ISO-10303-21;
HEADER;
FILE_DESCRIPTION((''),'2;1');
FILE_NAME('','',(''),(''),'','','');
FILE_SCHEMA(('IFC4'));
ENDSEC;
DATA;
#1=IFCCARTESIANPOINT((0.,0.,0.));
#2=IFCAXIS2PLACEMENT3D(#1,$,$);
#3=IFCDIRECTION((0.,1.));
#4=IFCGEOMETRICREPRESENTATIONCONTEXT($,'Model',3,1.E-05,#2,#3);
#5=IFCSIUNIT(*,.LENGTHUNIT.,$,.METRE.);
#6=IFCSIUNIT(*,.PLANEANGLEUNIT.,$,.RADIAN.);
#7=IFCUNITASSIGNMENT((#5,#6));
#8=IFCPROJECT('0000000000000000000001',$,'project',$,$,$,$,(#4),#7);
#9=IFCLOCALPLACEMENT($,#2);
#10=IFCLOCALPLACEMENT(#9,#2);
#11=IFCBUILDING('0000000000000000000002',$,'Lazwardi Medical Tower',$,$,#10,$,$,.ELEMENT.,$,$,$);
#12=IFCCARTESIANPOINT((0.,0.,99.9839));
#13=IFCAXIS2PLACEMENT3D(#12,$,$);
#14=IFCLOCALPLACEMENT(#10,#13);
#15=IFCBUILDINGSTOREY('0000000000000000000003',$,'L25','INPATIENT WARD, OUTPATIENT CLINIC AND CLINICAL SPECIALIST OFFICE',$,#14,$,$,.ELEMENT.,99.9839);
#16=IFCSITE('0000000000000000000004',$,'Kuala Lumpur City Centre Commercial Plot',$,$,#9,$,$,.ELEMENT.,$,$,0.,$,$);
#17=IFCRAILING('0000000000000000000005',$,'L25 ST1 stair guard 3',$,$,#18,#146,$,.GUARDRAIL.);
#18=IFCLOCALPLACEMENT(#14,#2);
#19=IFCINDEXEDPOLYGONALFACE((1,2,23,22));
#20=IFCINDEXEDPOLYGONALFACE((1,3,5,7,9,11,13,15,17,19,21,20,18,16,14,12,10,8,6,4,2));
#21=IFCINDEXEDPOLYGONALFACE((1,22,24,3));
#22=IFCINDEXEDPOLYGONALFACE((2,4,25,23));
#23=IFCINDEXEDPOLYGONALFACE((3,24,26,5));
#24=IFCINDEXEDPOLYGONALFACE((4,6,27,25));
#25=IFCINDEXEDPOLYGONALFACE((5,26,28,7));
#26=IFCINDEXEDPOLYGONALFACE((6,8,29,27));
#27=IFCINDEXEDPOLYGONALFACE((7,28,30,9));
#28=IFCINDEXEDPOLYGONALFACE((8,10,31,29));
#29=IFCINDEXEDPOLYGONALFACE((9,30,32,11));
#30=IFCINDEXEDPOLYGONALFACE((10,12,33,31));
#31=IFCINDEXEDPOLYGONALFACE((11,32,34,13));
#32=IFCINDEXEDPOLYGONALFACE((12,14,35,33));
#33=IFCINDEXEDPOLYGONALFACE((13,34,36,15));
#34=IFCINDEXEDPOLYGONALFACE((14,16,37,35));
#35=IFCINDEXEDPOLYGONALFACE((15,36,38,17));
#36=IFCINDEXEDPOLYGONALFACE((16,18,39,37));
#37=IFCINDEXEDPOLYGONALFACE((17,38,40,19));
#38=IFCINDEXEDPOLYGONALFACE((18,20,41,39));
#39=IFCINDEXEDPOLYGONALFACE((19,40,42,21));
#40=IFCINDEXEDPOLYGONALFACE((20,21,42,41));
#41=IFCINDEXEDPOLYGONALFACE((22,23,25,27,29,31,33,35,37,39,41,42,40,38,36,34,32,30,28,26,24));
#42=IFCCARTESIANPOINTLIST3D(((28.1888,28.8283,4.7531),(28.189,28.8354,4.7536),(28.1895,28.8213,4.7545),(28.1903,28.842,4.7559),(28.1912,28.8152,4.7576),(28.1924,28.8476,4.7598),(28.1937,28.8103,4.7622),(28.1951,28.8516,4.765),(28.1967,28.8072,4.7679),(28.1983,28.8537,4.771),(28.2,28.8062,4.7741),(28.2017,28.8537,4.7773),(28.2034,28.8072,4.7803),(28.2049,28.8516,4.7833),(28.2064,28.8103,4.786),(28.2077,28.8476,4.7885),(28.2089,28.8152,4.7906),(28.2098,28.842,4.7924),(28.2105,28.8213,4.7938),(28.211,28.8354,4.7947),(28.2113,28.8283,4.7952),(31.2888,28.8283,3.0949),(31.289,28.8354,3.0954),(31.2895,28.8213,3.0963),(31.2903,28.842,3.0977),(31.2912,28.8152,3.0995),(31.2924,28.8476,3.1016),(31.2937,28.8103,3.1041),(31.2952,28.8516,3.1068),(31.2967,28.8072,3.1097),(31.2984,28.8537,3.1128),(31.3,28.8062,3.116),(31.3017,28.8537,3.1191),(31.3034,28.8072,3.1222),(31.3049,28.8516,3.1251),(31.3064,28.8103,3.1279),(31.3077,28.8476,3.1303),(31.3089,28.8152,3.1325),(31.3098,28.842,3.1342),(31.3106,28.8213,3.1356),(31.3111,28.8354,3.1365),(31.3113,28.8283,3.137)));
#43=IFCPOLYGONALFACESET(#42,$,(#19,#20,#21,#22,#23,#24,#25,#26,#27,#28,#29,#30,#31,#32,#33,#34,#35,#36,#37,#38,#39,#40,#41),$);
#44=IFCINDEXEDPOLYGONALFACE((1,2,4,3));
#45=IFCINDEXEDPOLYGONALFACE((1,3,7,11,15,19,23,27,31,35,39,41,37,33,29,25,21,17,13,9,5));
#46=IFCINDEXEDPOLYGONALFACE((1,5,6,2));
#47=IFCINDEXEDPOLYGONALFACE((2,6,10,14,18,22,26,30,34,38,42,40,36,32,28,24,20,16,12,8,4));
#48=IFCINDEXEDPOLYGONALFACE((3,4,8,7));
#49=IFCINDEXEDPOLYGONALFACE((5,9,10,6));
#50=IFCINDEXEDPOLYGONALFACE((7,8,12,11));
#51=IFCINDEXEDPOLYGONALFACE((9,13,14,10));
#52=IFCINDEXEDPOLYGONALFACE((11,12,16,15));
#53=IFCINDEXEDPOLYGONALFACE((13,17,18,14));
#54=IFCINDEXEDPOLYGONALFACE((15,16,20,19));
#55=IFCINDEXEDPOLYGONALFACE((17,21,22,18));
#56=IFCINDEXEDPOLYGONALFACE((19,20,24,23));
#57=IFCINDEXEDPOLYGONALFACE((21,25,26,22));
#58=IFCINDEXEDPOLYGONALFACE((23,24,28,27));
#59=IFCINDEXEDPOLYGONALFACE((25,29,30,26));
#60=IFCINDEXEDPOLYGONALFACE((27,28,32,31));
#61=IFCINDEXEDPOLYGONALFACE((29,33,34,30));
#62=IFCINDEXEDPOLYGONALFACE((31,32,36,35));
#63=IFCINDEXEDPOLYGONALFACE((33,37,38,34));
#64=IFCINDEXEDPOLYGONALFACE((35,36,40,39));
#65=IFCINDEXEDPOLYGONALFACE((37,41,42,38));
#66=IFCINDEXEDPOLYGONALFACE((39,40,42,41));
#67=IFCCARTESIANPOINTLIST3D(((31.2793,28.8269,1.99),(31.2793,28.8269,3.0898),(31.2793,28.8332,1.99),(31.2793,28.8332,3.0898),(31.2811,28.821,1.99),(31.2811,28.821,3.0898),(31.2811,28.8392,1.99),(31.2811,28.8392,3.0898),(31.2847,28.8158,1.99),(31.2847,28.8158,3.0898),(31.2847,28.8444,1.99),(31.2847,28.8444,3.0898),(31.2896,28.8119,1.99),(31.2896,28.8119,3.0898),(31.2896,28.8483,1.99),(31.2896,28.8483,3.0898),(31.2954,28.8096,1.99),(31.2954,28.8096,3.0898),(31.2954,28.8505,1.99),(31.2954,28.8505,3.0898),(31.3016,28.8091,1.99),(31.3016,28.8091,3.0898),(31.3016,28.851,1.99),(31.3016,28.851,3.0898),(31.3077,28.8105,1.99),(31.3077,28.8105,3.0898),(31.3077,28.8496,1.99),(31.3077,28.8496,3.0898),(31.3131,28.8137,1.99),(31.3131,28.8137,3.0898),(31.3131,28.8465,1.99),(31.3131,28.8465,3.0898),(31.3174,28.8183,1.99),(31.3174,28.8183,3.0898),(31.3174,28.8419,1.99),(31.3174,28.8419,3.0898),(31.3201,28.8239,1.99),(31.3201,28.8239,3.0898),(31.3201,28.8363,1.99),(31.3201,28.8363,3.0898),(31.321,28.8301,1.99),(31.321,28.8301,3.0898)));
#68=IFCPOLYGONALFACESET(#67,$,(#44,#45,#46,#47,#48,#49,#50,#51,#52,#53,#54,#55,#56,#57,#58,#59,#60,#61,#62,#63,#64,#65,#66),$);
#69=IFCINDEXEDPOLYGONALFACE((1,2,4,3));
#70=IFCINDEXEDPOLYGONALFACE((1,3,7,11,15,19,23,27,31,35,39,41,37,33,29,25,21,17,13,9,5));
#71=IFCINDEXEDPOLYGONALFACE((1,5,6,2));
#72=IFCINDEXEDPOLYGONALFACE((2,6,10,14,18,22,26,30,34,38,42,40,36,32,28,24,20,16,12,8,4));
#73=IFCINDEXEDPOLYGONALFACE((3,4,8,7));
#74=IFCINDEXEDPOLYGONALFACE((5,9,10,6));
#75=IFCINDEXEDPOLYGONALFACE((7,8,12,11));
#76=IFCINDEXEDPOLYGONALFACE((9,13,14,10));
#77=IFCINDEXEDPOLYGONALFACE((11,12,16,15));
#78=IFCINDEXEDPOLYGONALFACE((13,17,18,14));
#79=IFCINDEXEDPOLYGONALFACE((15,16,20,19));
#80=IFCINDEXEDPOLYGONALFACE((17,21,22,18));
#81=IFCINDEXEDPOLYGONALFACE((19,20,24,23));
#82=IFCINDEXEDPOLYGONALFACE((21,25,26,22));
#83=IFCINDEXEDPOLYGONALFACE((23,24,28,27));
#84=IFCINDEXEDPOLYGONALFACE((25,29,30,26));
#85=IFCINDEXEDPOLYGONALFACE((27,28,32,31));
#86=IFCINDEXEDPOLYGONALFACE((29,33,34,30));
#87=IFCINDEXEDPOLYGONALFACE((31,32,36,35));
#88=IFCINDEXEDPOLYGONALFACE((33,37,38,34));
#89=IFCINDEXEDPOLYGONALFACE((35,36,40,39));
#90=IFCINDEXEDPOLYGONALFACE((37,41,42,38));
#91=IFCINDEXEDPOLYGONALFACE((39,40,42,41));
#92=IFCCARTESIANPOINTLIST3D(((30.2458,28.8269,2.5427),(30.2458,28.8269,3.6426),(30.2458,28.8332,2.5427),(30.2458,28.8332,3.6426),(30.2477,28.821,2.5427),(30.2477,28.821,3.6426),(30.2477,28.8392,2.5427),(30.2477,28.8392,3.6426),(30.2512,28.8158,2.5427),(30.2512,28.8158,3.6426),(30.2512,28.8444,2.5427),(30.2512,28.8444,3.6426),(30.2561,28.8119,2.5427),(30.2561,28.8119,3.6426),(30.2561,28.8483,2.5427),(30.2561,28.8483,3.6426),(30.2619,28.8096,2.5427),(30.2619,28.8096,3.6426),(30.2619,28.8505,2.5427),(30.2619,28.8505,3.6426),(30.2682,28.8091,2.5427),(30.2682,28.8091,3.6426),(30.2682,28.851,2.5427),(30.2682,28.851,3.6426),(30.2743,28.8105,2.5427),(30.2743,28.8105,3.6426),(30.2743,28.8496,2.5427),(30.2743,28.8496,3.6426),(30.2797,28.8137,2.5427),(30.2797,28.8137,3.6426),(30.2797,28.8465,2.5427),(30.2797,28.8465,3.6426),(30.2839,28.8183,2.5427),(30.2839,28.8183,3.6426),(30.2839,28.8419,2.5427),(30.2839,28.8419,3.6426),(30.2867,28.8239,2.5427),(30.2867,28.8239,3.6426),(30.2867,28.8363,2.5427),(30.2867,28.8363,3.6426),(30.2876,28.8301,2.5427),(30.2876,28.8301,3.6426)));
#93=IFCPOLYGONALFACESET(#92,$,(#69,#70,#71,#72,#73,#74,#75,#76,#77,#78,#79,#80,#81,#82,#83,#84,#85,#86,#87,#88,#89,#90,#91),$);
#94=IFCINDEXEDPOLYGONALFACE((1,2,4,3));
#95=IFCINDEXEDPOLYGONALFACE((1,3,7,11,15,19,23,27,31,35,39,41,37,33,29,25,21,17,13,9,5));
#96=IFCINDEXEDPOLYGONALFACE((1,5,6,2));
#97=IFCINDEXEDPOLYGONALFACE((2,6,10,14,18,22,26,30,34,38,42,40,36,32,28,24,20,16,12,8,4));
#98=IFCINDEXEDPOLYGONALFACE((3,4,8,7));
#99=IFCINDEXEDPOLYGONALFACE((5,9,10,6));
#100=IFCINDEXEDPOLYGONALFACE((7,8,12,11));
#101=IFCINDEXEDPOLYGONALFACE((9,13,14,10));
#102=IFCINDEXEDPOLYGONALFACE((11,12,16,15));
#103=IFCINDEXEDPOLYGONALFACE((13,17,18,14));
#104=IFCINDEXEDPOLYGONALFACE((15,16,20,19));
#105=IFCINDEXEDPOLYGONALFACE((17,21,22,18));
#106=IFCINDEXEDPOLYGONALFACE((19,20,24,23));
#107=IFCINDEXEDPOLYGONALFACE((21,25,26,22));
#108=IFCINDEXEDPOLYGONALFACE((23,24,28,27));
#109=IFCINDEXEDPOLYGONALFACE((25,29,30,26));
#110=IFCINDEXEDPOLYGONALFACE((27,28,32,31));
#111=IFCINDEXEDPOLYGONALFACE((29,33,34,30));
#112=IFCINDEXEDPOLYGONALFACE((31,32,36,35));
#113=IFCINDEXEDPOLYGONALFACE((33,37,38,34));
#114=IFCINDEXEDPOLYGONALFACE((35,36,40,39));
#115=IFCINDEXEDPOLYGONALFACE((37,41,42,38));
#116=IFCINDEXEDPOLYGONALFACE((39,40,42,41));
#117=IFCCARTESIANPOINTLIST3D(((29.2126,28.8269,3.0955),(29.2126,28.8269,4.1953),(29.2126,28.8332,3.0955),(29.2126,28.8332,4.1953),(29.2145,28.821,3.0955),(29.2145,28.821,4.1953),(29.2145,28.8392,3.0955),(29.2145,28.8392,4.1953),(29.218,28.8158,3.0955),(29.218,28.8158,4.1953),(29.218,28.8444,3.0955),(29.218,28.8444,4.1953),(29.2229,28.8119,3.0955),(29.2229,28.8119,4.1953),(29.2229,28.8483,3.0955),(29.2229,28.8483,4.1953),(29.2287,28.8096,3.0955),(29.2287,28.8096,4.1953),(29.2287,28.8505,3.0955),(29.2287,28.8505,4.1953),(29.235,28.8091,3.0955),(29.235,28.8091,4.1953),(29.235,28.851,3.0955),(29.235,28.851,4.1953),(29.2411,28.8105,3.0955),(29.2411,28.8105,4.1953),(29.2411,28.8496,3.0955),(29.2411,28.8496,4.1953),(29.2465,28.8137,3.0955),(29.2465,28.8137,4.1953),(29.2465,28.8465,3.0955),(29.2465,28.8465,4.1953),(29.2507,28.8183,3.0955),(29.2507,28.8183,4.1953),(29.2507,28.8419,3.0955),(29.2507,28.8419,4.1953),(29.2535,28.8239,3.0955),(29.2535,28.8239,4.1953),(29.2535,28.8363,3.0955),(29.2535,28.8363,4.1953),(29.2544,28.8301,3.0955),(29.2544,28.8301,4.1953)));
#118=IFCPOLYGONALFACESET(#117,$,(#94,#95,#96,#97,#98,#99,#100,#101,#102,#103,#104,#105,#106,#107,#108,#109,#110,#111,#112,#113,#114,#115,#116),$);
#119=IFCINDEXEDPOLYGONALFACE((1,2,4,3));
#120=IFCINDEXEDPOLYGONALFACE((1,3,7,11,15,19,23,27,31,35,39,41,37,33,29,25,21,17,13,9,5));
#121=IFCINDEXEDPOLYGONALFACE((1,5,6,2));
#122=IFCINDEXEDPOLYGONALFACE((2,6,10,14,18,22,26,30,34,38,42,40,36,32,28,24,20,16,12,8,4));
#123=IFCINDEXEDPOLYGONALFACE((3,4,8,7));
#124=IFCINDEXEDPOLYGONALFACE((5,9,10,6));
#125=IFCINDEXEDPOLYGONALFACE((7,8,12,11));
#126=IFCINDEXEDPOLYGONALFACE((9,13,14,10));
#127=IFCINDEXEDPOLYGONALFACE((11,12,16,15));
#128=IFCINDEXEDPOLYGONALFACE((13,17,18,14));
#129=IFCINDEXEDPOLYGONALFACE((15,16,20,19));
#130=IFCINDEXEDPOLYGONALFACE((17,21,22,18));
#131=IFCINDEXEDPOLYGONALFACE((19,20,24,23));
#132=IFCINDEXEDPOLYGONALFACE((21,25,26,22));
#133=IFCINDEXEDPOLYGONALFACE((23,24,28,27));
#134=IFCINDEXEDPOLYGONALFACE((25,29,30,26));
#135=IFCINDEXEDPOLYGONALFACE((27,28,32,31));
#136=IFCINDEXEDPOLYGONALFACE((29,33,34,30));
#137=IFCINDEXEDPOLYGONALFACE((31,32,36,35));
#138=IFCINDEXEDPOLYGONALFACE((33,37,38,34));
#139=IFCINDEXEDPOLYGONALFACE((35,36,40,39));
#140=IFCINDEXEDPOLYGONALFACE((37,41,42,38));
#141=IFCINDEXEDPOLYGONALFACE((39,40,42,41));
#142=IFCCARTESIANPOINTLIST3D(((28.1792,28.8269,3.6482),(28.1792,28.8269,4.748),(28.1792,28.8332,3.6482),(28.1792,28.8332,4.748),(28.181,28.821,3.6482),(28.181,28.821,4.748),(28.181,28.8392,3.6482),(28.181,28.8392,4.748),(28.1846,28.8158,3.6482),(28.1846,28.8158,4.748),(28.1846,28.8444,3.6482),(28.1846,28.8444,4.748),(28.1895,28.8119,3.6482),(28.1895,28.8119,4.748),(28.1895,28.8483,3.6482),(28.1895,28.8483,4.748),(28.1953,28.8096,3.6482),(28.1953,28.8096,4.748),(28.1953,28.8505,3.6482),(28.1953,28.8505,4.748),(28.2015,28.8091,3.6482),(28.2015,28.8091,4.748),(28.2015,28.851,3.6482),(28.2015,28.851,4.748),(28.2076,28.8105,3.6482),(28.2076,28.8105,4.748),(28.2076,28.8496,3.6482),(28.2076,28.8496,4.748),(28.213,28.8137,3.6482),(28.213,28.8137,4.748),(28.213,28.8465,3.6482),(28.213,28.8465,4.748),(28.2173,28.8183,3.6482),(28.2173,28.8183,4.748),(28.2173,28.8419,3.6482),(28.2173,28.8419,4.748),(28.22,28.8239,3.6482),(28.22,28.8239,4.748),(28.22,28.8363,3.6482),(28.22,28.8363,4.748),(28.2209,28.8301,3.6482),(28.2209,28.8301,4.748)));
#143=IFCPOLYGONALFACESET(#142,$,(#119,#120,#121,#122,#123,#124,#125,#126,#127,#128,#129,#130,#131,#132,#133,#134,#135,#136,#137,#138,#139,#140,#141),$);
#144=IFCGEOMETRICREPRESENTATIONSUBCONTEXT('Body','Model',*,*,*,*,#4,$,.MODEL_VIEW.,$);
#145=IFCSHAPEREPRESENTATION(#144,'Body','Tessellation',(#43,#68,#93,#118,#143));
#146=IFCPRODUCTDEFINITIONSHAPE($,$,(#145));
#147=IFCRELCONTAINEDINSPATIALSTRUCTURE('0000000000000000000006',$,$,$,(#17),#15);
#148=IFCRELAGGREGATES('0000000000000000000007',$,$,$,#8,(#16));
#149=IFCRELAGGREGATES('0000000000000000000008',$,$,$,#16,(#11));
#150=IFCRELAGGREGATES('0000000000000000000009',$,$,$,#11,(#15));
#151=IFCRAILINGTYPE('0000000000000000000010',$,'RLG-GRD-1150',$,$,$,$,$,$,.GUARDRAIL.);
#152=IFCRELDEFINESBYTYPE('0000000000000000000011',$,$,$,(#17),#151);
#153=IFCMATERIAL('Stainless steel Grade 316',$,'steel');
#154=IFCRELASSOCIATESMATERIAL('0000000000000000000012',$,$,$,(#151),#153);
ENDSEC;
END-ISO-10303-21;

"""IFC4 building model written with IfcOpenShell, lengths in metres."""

from ifc_helpers import new_model, si_unit, direction, frame, origin, origin_2d, place, context, subcontext, project, spatial, circle, extrude, material, type_object, element, save


model = new_model("IFC4")

# Units and contexts
model_context = context("Model", 3, precision=1e-05, world=origin(), true_north=direction((0.0, 1.0)))
body_context = subcontext(model_context, "Body", "Model", "MODEL_VIEW")
ifc_project = project(units=[si_unit("LENGTHUNIT", "METRE"), si_unit("PLANEANGLEUNIT", "RADIAN")], contexts=[model_context])

# Site, building, storey
site_placement = place(None, origin())
site = spatial("IfcSite", under=ifc_project, at=site_placement, Name="Kuala Lumpur City Centre Commercial Plot", CompositionType="ELEMENT", RefElevation=0.0)
building_placement = place(site_placement, origin())
building = spatial("IfcBuilding", under=site, at=building_placement, Name="Lazwardi Medical Tower", CompositionType="ELEMENT")
storey_placement = place(building_placement, frame((0.0, 0.0, 99.9839)))
storey = spatial("IfcBuildingStorey", under=building, at=storey_placement, Name="L25", Description="INPATIENT WARD, OUTPATIENT CLINIC AND CLINICAL SPECIALIST OFFICE", CompositionType="ELEMENT", Elevation=99.9839)

# Railing
ifc_material_1 = material(Name="Stainless steel Grade 316", Category="steel")
railing_type_1 = type_object("IfcRailingType", Name="RLG-GRD-1150", PredefinedType="GUARDRAIL", material=ifc_material_1)
railing_1_placement = place(storey_placement, frame((31.3, 28.8301, 1.99)))
element("IfcRailing", 1, at=railing_1_placement, inside=storey, type_object=railing_type_1, Name="L25 ST1 stair guard 3", PredefinedType="GUARDRAIL", context=body_context, shape_type="SweptSolid", body=[
    extrude(circle(Radius=0.0239, at=origin_2d()), frame((0.0, 0.0, 1.126), z_axis=(-0.881783, 0.0, 0.471655), x_axis=(0.0, -1.0, 0.0)), (0.0, 0.0, 1.0), 3.5156),
    extrude(circle(Radius=0.021, at=origin_2d()), origin(), (0.0, 0.0, 1.0), 1.0999),
    extrude(circle(Radius=0.021, at=origin_2d()), frame((-1.0334, 0.0, 0.5527)), (0.0, 0.0, 1.0), 1.0999),
    extrude(circle(Radius=0.021, at=origin_2d()), frame((-2.0667, 0.0, 1.1055)), (0.0, 0.0, 1.0), 1.0999),
    extrude(circle(Radius=0.021, at=origin_2d()), frame((-3.1001, 0.0, 1.6582)), (0.0, 0.0, 1.0), 1.0999),
])

save(model, "model.ifc")
